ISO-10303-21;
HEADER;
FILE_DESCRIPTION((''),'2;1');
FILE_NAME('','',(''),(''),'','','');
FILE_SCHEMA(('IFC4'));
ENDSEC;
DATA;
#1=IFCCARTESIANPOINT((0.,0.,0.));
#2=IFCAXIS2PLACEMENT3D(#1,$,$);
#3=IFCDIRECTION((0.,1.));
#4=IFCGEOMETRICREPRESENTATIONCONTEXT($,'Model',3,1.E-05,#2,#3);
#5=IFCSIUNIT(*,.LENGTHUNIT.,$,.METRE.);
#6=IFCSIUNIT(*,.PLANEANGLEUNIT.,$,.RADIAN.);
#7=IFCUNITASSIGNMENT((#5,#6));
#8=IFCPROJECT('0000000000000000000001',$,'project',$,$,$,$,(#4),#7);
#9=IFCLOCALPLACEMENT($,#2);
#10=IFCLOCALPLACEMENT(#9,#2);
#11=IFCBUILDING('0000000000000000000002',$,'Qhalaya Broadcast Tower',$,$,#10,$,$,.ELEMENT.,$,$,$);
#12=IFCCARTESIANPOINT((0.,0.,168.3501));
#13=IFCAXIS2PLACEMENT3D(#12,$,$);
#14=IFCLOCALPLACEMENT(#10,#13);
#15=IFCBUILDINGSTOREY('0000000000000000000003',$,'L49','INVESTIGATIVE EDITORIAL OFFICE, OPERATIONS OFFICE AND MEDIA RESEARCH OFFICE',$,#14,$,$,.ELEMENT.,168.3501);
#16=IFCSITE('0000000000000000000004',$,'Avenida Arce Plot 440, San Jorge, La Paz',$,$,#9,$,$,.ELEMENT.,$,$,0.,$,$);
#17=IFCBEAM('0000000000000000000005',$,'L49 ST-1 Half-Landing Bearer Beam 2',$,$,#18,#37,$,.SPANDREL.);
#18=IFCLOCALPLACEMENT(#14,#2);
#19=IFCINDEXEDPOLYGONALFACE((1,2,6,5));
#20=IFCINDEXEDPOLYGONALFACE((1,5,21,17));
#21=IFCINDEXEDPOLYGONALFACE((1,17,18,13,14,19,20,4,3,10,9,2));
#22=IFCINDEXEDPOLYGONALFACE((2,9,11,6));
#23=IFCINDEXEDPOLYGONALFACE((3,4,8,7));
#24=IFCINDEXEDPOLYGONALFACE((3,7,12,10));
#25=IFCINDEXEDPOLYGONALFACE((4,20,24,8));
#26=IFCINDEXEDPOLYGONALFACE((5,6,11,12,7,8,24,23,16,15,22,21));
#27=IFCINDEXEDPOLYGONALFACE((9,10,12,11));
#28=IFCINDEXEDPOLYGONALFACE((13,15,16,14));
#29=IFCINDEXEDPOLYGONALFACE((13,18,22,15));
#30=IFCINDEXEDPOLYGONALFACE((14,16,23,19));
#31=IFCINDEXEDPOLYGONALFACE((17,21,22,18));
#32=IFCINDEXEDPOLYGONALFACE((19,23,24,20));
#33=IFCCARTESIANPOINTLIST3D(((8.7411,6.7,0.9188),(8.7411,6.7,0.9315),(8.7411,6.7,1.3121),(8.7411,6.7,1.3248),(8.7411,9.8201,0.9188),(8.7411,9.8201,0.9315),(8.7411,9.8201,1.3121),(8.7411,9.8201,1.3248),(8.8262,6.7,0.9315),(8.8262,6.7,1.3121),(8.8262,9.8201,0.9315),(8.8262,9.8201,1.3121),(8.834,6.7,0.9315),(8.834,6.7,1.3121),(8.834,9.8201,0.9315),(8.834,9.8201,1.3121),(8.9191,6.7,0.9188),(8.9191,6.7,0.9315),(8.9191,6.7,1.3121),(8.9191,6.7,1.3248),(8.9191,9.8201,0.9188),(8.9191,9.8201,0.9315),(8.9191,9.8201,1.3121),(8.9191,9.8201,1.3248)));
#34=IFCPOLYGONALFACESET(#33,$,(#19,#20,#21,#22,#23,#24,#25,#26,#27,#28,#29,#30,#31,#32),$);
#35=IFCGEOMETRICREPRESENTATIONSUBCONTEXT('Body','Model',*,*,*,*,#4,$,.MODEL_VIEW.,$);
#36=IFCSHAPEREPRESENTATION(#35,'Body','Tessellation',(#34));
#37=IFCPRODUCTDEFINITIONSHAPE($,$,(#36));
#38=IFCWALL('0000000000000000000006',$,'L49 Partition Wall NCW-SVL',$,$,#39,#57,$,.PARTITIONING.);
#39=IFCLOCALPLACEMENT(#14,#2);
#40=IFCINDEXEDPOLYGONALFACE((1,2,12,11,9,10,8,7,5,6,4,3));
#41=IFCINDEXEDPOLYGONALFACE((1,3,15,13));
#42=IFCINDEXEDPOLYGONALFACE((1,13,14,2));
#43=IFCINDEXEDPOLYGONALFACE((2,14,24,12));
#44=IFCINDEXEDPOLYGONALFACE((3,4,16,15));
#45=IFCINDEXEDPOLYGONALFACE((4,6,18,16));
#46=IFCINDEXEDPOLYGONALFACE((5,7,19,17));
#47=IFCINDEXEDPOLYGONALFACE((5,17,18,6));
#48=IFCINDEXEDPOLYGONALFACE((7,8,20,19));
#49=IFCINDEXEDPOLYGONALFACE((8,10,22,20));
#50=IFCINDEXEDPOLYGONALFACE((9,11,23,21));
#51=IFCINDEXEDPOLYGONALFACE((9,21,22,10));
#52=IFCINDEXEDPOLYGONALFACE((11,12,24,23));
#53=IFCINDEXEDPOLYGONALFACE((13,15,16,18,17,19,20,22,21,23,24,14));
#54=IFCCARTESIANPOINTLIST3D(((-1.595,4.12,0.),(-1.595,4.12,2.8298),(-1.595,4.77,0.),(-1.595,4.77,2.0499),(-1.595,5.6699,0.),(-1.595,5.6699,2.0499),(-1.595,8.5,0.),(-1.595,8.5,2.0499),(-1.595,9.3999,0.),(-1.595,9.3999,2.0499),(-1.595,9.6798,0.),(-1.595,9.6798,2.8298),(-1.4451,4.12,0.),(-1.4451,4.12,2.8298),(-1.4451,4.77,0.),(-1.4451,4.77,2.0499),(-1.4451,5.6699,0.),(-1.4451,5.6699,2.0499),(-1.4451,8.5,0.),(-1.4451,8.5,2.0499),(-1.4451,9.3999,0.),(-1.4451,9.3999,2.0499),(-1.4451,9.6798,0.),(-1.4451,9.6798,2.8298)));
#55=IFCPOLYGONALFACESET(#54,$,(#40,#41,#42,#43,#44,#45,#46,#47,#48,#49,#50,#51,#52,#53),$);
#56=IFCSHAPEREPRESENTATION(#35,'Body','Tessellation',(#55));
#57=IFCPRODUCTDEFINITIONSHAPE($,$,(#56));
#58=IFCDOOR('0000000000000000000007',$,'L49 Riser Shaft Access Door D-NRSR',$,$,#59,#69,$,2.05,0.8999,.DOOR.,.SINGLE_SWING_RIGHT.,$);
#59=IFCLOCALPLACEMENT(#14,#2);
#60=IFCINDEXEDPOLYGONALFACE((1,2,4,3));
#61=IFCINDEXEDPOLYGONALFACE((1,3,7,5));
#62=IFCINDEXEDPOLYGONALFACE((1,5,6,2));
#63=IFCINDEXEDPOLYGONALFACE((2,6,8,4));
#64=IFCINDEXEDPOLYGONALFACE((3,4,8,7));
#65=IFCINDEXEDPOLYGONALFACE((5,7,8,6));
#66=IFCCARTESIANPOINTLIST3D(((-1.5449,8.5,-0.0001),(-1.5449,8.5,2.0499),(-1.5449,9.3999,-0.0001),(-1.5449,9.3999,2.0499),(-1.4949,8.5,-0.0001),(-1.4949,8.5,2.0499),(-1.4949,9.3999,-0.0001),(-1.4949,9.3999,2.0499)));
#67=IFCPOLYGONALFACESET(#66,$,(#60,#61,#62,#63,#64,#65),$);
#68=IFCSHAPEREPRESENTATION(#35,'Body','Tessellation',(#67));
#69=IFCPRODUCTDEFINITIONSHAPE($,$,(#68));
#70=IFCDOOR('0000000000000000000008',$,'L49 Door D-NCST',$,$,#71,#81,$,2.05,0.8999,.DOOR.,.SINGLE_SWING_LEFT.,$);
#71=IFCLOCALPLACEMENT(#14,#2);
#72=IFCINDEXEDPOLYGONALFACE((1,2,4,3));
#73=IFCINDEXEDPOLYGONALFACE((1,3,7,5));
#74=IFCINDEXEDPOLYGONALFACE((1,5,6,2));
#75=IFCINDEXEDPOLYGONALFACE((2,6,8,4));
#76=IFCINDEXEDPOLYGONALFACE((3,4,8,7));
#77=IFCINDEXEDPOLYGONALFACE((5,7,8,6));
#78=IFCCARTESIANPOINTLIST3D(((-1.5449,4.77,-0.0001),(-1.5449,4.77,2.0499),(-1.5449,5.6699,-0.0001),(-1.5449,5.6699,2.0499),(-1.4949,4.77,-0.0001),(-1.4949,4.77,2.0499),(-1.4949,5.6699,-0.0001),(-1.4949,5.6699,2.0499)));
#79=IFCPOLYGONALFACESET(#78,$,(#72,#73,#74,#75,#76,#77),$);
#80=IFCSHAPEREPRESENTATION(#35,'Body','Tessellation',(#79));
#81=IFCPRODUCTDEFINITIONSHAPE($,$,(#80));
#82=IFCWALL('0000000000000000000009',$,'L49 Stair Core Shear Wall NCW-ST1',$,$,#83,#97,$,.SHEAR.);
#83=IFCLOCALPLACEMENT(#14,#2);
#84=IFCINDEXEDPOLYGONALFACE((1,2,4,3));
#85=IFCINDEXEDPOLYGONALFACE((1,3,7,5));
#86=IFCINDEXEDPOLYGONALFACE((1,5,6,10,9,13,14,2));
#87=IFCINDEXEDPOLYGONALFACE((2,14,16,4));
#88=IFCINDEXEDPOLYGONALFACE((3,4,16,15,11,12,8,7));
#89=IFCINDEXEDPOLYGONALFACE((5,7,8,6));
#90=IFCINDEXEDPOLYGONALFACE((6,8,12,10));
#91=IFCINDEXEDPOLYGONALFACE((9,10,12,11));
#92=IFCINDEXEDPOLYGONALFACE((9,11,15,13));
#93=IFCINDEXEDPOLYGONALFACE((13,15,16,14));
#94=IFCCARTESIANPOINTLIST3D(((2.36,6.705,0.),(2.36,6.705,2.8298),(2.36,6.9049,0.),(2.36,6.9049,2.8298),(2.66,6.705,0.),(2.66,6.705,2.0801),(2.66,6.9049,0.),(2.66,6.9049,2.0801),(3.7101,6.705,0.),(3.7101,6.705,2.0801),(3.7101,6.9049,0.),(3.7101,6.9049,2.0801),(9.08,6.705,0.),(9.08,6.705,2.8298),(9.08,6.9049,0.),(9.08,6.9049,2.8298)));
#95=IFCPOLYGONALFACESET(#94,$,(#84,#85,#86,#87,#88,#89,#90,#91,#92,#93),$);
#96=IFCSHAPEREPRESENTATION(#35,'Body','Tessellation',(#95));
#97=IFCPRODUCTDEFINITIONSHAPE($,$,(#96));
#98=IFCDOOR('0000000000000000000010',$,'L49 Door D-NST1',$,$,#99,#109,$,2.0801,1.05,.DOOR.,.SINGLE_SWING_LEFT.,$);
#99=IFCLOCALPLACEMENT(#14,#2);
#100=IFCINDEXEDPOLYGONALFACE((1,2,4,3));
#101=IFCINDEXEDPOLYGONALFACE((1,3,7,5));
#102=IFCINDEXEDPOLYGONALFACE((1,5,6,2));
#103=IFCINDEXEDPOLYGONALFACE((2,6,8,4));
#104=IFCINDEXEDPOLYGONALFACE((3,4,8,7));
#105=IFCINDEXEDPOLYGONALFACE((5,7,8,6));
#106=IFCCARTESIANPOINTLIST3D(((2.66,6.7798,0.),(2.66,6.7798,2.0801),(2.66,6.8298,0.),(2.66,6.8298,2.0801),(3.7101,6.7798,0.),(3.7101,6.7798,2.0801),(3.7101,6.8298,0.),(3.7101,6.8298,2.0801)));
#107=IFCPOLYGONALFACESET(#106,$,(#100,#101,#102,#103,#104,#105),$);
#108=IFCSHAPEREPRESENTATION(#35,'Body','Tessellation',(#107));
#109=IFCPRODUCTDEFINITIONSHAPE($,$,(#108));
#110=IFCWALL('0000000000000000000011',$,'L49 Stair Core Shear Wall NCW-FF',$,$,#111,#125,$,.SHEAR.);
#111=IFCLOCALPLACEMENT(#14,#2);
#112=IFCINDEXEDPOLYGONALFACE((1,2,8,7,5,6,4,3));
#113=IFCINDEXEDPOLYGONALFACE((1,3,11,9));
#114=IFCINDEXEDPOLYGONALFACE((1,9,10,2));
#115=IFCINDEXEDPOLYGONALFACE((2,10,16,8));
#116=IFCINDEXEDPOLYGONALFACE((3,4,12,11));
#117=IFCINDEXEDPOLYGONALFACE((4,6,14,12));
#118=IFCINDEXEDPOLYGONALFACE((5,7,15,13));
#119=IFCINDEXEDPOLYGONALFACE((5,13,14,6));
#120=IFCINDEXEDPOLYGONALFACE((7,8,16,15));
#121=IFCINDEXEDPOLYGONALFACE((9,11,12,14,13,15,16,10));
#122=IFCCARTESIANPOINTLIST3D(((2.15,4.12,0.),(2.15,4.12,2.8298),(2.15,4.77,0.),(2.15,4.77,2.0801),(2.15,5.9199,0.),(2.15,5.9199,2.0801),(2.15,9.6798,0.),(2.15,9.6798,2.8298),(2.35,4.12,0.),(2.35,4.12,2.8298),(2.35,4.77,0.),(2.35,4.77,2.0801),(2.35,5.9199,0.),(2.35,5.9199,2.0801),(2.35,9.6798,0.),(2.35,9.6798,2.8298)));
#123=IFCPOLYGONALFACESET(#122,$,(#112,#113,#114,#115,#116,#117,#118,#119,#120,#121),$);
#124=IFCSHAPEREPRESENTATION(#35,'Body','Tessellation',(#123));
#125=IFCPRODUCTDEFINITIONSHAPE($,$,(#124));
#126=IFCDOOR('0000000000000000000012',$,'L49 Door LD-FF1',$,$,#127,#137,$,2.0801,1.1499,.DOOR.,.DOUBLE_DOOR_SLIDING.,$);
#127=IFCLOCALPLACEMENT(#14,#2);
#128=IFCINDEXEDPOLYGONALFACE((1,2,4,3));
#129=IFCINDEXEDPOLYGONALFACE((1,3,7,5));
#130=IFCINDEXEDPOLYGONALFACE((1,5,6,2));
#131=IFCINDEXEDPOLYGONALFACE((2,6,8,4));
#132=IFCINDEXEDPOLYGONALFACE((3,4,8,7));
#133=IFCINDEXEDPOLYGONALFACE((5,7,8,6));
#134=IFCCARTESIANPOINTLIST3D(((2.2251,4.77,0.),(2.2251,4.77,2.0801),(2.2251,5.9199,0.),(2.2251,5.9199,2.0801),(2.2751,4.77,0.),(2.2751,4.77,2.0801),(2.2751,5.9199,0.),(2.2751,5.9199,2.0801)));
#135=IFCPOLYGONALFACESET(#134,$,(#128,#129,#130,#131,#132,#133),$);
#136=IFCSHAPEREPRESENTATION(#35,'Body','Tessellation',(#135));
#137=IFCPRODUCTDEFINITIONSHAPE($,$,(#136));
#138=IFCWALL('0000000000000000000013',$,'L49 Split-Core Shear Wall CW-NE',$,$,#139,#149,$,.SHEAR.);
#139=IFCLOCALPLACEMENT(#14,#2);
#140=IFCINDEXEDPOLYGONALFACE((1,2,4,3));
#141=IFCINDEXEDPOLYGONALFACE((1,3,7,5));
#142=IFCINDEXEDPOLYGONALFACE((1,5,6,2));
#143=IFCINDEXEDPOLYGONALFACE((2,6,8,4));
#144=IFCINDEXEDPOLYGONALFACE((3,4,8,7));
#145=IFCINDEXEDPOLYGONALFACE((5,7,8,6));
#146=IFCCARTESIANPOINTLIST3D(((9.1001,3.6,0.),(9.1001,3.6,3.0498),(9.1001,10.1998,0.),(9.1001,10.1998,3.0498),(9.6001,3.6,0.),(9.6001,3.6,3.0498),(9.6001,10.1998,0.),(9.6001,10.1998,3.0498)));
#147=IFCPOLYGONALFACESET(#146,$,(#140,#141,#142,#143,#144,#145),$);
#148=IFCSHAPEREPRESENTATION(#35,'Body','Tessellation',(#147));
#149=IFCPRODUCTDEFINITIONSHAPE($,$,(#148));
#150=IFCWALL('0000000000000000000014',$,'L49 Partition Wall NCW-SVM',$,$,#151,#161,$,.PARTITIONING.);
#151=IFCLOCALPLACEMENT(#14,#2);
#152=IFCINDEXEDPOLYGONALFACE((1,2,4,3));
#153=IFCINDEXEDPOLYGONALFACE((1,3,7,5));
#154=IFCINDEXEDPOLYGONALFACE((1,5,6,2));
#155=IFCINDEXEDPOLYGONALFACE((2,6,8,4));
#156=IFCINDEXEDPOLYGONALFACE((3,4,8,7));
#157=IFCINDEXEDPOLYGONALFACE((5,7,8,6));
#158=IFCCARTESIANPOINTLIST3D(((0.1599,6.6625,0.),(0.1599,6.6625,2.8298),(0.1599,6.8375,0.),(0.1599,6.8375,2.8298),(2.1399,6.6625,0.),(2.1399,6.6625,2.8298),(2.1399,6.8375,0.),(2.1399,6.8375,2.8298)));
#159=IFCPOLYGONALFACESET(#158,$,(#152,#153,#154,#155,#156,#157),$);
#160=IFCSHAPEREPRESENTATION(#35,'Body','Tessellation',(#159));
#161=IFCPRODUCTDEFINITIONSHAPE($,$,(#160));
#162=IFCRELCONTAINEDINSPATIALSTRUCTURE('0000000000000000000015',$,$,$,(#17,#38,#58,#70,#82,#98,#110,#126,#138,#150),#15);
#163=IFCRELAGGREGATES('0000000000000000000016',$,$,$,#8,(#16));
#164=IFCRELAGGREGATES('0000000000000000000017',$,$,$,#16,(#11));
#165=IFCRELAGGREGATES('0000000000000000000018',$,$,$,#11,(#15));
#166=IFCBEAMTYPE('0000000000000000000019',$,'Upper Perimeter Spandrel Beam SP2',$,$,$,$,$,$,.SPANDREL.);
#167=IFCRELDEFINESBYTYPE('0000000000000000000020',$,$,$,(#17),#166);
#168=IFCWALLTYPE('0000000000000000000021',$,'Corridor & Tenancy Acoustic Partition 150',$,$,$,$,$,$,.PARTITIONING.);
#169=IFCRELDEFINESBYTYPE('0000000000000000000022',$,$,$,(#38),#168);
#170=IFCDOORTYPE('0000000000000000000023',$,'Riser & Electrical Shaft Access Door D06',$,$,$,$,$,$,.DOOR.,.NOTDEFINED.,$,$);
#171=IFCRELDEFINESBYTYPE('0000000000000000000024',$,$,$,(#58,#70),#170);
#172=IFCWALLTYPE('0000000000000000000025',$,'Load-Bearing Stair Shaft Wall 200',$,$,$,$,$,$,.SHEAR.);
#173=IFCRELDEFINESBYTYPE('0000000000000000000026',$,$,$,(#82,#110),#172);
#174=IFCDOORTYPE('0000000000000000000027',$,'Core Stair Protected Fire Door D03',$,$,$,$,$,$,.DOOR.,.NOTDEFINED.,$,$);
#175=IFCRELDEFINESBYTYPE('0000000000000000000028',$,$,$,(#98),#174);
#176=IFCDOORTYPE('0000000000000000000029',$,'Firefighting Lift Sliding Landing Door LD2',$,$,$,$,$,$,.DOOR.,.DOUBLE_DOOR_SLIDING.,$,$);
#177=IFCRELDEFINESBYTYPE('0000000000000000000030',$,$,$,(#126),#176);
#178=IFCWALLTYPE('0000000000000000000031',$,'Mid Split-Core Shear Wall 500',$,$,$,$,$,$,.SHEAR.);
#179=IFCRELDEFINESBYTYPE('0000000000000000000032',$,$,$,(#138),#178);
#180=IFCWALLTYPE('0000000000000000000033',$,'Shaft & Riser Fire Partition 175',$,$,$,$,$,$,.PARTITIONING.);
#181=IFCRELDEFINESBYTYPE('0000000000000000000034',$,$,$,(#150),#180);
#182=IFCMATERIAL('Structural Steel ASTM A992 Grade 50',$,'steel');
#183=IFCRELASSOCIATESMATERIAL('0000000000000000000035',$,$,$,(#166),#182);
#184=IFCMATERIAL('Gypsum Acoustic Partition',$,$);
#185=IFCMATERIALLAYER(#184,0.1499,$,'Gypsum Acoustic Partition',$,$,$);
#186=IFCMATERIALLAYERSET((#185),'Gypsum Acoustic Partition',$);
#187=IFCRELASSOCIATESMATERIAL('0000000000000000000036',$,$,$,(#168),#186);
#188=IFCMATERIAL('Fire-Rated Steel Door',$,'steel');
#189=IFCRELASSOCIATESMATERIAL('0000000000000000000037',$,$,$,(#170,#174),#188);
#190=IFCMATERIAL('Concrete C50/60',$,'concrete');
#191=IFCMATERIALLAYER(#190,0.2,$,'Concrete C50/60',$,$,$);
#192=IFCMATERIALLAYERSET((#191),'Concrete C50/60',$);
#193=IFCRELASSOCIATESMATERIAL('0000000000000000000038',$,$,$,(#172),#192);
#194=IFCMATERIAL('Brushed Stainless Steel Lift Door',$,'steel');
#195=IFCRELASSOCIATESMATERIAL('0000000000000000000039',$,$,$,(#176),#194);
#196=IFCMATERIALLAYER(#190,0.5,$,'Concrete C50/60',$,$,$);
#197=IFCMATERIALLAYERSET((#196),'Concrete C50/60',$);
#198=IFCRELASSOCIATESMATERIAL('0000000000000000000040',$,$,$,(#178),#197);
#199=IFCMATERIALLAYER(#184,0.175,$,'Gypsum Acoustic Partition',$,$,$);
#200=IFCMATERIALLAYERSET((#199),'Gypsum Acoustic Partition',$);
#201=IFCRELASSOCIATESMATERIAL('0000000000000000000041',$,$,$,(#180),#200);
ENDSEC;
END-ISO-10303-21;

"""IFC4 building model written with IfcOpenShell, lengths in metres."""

from ifc_helpers import new_model, si_unit, direction, frame, frame_2d, origin, origin_2d, place, context, subcontext, project, spatial, rectangle, i_section, extrude, material, layer, layer_set, material_profile, profile_set, type_object, element, fill, save


model = new_model("IFC4")

# Units and contexts
model_context = context("Model", 3, precision=1e-05, world=origin(), true_north=direction((0.0, 1.0)))
body_context = subcontext(model_context, "Body", "Model", "MODEL_VIEW")
ifc_project = project(units=[si_unit("LENGTHUNIT", "METRE"), si_unit("PLANEANGLEUNIT", "RADIAN")], contexts=[model_context])

# Site, building, storey
site_placement = place(None, origin())
site = spatial("IfcSite", under=ifc_project, at=site_placement, Name="Avenida Arce Plot 440, San Jorge, La Paz", CompositionType="ELEMENT", RefElevation=0.0)
building_placement = place(site_placement, origin())
building = spatial("IfcBuilding", under=site, at=building_placement, Name="Qhalaya Broadcast Tower", CompositionType="ELEMENT")
storey_placement = place(building_placement, frame((0.0, 0.0, 168.3501)))
storey = spatial("IfcBuildingStorey", under=building, at=storey_placement, Name="L49", Description="INVESTIGATIVE EDITORIAL OFFICE, OPERATIONS OFFICE AND MEDIA RESEARCH OFFICE", CompositionType="ELEMENT", Elevation=168.3501)

# Shared definitions
ifc_material_1 = material(Name="Concrete C50/60", Category="concrete")

# Beam
ifc_material_2 = material(Name="Structural Steel ASTM A992 Grade 50", Category="steel")
ifc_material_profile_1 = material_profile(ifc_material_2, i_section(OverallWidth=0.178, OverallDepth=0.406, WebThickness=0.0078, FlangeThickness=0.0127, at=origin_2d()), Name="W16X40")
ifc_profile_set_1 = profile_set([ifc_material_profile_1], Name="Structural Steel ASTM A992 Grade 50")
beam_type_1 = type_object("IfcBeamType", Name="Upper Perimeter Spandrel Beam SP2", PredefinedType="SPANDREL", material=ifc_profile_set_1)
for number, where, z_axis, x_axis, name in (
    (1, (8.8301, 6.7, 1.1218), (0.0, 1.0, 0.0), (-1.0, 0.0, 0.0), "L49 ST-1 Half-Landing Bearer Beam 2"),
):
    element("IfcBeam", number, at=place(storey_placement, frame(where, z_axis=z_axis, x_axis=x_axis)), inside=storey, type_object=beam_type_1, Name=name, PredefinedType="SPANDREL", context=body_context, shape_type="SweptSolid", body=[
        extrude(i_section(OverallWidth=0.178, OverallDepth=0.406, WebThickness=0.0078, FlangeThickness=0.0127, at=origin_2d()), origin(), (0.0, 0.0, 1.0), 3.1201),
    ])

# Wall, openings, doors
ifc_material_3 = material(Name="Gypsum Acoustic Partition")
ifc_layer_1 = layer(ifc_material_3, 0.1499, Name="Gypsum Acoustic Partition")
ifc_layer_set_1 = layer_set([ifc_layer_1], Name="Gypsum Acoustic Partition")
wall_type_1 = type_object("IfcWallType", Name="Corridor & Tenancy Acoustic Partition 150", PredefinedType="PARTITIONING", material=ifc_layer_set_1)
wall_1_placement = place(storey_placement, frame((-1.52, 4.1201, 0.0), z_axis=(0.0, 0.0, 1.0), x_axis=(0.0, 1.0, 0.0)))
wall_1 = element("IfcWall", 2, at=wall_1_placement, inside=storey, type_object=wall_type_1, Name="L49 Partition Wall NCW-SVL", PredefinedType="PARTITIONING", context=body_context, shape_type="SweptSolid", body=[
    extrude(rectangle(XDim=5.5598, YDim=0.1499, at=frame_2d((2.7798, 0.0))), origin(), (0.0, 0.0, 1.0), 2.8298),
])
opening_1_placement = place(wall_1_placement, frame((4.3799, 0.0, 0.0)))
opening_1 = element("IfcOpeningElement", 3, at=opening_1_placement, cuts=wall_1, PredefinedType="OPENING", context=body_context, shape_type="SweptSolid", body=[
    extrude(rectangle(XDim=0.8999, YDim=2.05, at=frame_2d((0.45, 1.0249))), frame((0.0, 0.0869, 0.0), z_axis=(0.0, -1.0, 0.0), x_axis=(1.0, 0.0, 0.0)), (0.0, 0.0, 1.0), 0.1738),
])
opening_2_placement = place(wall_1_placement, frame((0.6499, 0.0, 0.0)))
opening_2 = element("IfcOpeningElement", 4, at=opening_2_placement, cuts=wall_1, PredefinedType="OPENING", context=body_context, shape_type="SweptSolid", body=[
    extrude(rectangle(XDim=0.8999, YDim=2.05, at=frame_2d((0.45, 1.0249))), frame((0.0, 0.0869, 0.0), z_axis=(0.0, -1.0, 0.0), x_axis=(1.0, 0.0, 0.0)), (0.0, 0.0, 1.0), 0.1738),
])
ifc_material_4 = material(Name="Fire-Rated Steel Door", Category="steel")
door_type_1 = type_object("IfcDoorType", Name="Riser & Electrical Shaft Access Door D06", OperationType="NOTDEFINED", PredefinedType="DOOR", material=ifc_material_4)
door_1_placement = place(opening_1_placement, origin())
door_1 = element("IfcDoor", 5, at=door_1_placement, inside=storey, type_object=door_type_1, Name="L49 Riser Shaft Access Door D-NRSR", OperationType="SINGLE_SWING_RIGHT", OverallHeight=2.05, OverallWidth=0.8999, PredefinedType="DOOR", context=body_context, shape_type="SweptSolid", body=[
    extrude(rectangle(XDim=0.8999, YDim=2.05, at=frame_2d((0.45, 1.0249))), frame((0.0, 0.0249, 0.0), z_axis=(0.0, -1.0, 0.0), x_axis=(1.0, 0.0, 0.0)), (0.0, 0.0, 1.0), 0.05),
])
fill(opening_1, door_1)
door_2_placement = place(opening_2_placement, origin())
door_2 = element("IfcDoor", 6, at=door_2_placement, inside=storey, type_object=door_type_1, Name="L49 Door D-NCST", OperationType="SINGLE_SWING_LEFT", OverallHeight=2.05, OverallWidth=0.8999, PredefinedType="DOOR", context=body_context, shape_type="SweptSolid", body=[
    extrude(rectangle(XDim=0.8999, YDim=2.05, at=frame_2d((0.45, 1.0249))), frame((0.0, 0.0249, 0.0), z_axis=(0.0, -1.0, 0.0), x_axis=(1.0, 0.0, 0.0)), (0.0, 0.0, 1.0), 0.05),
])
fill(opening_2, door_2)

# Walls, openings, doors
ifc_layer_2 = layer(ifc_material_1, 0.2, Name="Concrete C50/60")
ifc_layer_set_2 = layer_set([ifc_layer_2], Name="Concrete C50/60")
wall_type_2 = type_object("IfcWallType", Name="Load-Bearing Stair Shaft Wall 200", PredefinedType="SHEAR", material=ifc_layer_set_2)
wall_2_placement = place(storey_placement, frame((2.3601, 6.8049, 0.0), z_axis=(0.0, 0.0, 1.0), x_axis=(1.0, 0.0, 0.0)))
wall_2 = element("IfcWall", 7, at=wall_2_placement, inside=storey, type_object=wall_type_2, Name="L49 Stair Core Shear Wall NCW-ST1", PredefinedType="SHEAR", context=body_context, shape_type="SweptSolid", body=[
    extrude(rectangle(XDim=6.72, YDim=0.2, at=frame_2d((3.3599, 0.0))), origin(), (0.0, 0.0, 1.0), 2.8298),
])
opening_3_placement = place(wall_2_placement, frame((0.3, 0.0, 0.0)))
opening_3 = element("IfcOpeningElement", 8, at=opening_3_placement, cuts=wall_2, PredefinedType="OPENING", context=body_context, shape_type="SweptSolid", body=[
    extrude(rectangle(XDim=1.05, YDim=2.0801, at=frame_2d((0.5249, 1.04))), frame((0.0, 0.1121, 0.0), z_axis=(0.0, -1.0, 0.0), x_axis=(1.0, 0.0, 0.0)), (0.0, 0.0, 1.0), 0.2239),
])
door_type_2 = type_object("IfcDoorType", Name="Core Stair Protected Fire Door D03", OperationType="NOTDEFINED", PredefinedType="DOOR", material=ifc_material_4)
door_3_placement = place(opening_3_placement, origin())
door_3 = element("IfcDoor", 9, at=door_3_placement, inside=storey, type_object=door_type_2, Name="L49 Door D-NST1", OperationType="SINGLE_SWING_LEFT", OverallHeight=2.0801, OverallWidth=1.05, PredefinedType="DOOR", context=body_context, shape_type="SweptSolid", body=[
    extrude(rectangle(XDim=1.05, YDim=2.0801, at=frame_2d((0.5249, 1.04))), frame((0.0, 0.0249, 0.0), z_axis=(0.0, -1.0, 0.0), x_axis=(1.0, 0.0, 0.0)), (0.0, 0.0, 1.0), 0.05),
])
fill(opening_3, door_3)
wall_3_placement = place(storey_placement, frame((2.25, 4.1201, 0.0), z_axis=(0.0, 0.0, 1.0), x_axis=(0.0, 1.0, 0.0)))
wall_3 = element("IfcWall", 10, at=wall_3_placement, inside=storey, type_object=wall_type_2, Name="L49 Stair Core Shear Wall NCW-FF", PredefinedType="SHEAR", context=body_context, shape_type="SweptSolid", body=[
    extrude(rectangle(XDim=5.5598, YDim=0.2, at=frame_2d((2.7798, 0.0))), origin(), (0.0, 0.0, 1.0), 2.8298),
])
opening_4_placement = place(wall_3_placement, frame((0.6499, 0.0, 0.0)))
opening_4 = element("IfcOpeningElement", 11, at=opening_4_placement, cuts=wall_3, PredefinedType="OPENING", context=body_context, shape_type="SweptSolid", body=[
    extrude(rectangle(XDim=1.1499, YDim=2.0801, at=frame_2d((0.575, 1.04))), frame((0.0, 0.1121, 0.0), z_axis=(0.0, -1.0, 0.0), x_axis=(1.0, 0.0, 0.0)), (0.0, 0.0, 1.0), 0.2239),
])
ifc_material_5 = material(Name="Brushed Stainless Steel Lift Door", Category="steel")
door_type_3 = type_object("IfcDoorType", Name="Firefighting Lift Sliding Landing Door LD2", OperationType="DOUBLE_DOOR_SLIDING", PredefinedType="DOOR", material=ifc_material_5)
door_4_placement = place(opening_4_placement, origin())
door_4 = element("IfcDoor", 12, at=door_4_placement, inside=storey, type_object=door_type_3, Name="L49 Door LD-FF1", OperationType="DOUBLE_DOOR_SLIDING", OverallHeight=2.0801, OverallWidth=1.1499, PredefinedType="DOOR", context=body_context, shape_type="SweptSolid", body=[
    extrude(rectangle(XDim=1.1499, YDim=2.0801, at=frame_2d((0.575, 1.04))), frame((0.0, 0.0249, 0.0), z_axis=(0.0, -1.0, 0.0), x_axis=(1.0, 0.0, 0.0)), (0.0, 0.0, 1.0), 0.05),
])
fill(opening_4, door_4)

# Wall
ifc_layer_3 = layer(ifc_material_1, 0.5, Name="Concrete C50/60")
ifc_layer_set_3 = layer_set([ifc_layer_3], Name="Concrete C50/60")
wall_type_3 = type_object("IfcWallType", Name="Mid Split-Core Shear Wall 500", PredefinedType="SHEAR", material=ifc_layer_set_3)
wall_4_placement = place(storey_placement, frame((9.3501, 3.6001, 0.0), z_axis=(0.0, 0.0, 1.0), x_axis=(0.0, 1.0, 0.0)))
element("IfcWall", 13, at=wall_4_placement, inside=storey, type_object=wall_type_3, Name="L49 Split-Core Shear Wall CW-NE", PredefinedType="SHEAR", context=body_context, shape_type="SweptSolid", body=[
    extrude(rectangle(XDim=6.5999, YDim=0.5, at=frame_2d((3.2998, 0.0))), origin(), (0.0, 0.0, 1.0), 3.0498),
])

# Shared definitions
ifc_layer_4 = layer(ifc_material_3, 0.175, Name="Gypsum Acoustic Partition")
ifc_layer_set_4 = layer_set([ifc_layer_4], Name="Gypsum Acoustic Partition")
wall_type_4 = type_object("IfcWallType", Name="Shaft & Riser Fire Partition 175", PredefinedType="PARTITIONING", material=ifc_layer_set_4)

# Wall
wall_5_placement = place(storey_placement, frame((0.1599, 6.75, 0.0), z_axis=(0.0, 0.0, 1.0), x_axis=(1.0, 0.0, 0.0)))
element("IfcWall", 14, at=wall_5_placement, inside=storey, type_object=wall_type_4, Name="L49 Partition Wall NCW-SVM", PredefinedType="PARTITIONING", context=body_context, shape_type="SweptSolid", body=[
    extrude(rectangle(XDim=1.98, YDim=0.175, at=frame_2d((0.99, 0.0))), origin(), (0.0, 0.0, 1.0), 2.8298),
])

save(model, "model.ifc")
